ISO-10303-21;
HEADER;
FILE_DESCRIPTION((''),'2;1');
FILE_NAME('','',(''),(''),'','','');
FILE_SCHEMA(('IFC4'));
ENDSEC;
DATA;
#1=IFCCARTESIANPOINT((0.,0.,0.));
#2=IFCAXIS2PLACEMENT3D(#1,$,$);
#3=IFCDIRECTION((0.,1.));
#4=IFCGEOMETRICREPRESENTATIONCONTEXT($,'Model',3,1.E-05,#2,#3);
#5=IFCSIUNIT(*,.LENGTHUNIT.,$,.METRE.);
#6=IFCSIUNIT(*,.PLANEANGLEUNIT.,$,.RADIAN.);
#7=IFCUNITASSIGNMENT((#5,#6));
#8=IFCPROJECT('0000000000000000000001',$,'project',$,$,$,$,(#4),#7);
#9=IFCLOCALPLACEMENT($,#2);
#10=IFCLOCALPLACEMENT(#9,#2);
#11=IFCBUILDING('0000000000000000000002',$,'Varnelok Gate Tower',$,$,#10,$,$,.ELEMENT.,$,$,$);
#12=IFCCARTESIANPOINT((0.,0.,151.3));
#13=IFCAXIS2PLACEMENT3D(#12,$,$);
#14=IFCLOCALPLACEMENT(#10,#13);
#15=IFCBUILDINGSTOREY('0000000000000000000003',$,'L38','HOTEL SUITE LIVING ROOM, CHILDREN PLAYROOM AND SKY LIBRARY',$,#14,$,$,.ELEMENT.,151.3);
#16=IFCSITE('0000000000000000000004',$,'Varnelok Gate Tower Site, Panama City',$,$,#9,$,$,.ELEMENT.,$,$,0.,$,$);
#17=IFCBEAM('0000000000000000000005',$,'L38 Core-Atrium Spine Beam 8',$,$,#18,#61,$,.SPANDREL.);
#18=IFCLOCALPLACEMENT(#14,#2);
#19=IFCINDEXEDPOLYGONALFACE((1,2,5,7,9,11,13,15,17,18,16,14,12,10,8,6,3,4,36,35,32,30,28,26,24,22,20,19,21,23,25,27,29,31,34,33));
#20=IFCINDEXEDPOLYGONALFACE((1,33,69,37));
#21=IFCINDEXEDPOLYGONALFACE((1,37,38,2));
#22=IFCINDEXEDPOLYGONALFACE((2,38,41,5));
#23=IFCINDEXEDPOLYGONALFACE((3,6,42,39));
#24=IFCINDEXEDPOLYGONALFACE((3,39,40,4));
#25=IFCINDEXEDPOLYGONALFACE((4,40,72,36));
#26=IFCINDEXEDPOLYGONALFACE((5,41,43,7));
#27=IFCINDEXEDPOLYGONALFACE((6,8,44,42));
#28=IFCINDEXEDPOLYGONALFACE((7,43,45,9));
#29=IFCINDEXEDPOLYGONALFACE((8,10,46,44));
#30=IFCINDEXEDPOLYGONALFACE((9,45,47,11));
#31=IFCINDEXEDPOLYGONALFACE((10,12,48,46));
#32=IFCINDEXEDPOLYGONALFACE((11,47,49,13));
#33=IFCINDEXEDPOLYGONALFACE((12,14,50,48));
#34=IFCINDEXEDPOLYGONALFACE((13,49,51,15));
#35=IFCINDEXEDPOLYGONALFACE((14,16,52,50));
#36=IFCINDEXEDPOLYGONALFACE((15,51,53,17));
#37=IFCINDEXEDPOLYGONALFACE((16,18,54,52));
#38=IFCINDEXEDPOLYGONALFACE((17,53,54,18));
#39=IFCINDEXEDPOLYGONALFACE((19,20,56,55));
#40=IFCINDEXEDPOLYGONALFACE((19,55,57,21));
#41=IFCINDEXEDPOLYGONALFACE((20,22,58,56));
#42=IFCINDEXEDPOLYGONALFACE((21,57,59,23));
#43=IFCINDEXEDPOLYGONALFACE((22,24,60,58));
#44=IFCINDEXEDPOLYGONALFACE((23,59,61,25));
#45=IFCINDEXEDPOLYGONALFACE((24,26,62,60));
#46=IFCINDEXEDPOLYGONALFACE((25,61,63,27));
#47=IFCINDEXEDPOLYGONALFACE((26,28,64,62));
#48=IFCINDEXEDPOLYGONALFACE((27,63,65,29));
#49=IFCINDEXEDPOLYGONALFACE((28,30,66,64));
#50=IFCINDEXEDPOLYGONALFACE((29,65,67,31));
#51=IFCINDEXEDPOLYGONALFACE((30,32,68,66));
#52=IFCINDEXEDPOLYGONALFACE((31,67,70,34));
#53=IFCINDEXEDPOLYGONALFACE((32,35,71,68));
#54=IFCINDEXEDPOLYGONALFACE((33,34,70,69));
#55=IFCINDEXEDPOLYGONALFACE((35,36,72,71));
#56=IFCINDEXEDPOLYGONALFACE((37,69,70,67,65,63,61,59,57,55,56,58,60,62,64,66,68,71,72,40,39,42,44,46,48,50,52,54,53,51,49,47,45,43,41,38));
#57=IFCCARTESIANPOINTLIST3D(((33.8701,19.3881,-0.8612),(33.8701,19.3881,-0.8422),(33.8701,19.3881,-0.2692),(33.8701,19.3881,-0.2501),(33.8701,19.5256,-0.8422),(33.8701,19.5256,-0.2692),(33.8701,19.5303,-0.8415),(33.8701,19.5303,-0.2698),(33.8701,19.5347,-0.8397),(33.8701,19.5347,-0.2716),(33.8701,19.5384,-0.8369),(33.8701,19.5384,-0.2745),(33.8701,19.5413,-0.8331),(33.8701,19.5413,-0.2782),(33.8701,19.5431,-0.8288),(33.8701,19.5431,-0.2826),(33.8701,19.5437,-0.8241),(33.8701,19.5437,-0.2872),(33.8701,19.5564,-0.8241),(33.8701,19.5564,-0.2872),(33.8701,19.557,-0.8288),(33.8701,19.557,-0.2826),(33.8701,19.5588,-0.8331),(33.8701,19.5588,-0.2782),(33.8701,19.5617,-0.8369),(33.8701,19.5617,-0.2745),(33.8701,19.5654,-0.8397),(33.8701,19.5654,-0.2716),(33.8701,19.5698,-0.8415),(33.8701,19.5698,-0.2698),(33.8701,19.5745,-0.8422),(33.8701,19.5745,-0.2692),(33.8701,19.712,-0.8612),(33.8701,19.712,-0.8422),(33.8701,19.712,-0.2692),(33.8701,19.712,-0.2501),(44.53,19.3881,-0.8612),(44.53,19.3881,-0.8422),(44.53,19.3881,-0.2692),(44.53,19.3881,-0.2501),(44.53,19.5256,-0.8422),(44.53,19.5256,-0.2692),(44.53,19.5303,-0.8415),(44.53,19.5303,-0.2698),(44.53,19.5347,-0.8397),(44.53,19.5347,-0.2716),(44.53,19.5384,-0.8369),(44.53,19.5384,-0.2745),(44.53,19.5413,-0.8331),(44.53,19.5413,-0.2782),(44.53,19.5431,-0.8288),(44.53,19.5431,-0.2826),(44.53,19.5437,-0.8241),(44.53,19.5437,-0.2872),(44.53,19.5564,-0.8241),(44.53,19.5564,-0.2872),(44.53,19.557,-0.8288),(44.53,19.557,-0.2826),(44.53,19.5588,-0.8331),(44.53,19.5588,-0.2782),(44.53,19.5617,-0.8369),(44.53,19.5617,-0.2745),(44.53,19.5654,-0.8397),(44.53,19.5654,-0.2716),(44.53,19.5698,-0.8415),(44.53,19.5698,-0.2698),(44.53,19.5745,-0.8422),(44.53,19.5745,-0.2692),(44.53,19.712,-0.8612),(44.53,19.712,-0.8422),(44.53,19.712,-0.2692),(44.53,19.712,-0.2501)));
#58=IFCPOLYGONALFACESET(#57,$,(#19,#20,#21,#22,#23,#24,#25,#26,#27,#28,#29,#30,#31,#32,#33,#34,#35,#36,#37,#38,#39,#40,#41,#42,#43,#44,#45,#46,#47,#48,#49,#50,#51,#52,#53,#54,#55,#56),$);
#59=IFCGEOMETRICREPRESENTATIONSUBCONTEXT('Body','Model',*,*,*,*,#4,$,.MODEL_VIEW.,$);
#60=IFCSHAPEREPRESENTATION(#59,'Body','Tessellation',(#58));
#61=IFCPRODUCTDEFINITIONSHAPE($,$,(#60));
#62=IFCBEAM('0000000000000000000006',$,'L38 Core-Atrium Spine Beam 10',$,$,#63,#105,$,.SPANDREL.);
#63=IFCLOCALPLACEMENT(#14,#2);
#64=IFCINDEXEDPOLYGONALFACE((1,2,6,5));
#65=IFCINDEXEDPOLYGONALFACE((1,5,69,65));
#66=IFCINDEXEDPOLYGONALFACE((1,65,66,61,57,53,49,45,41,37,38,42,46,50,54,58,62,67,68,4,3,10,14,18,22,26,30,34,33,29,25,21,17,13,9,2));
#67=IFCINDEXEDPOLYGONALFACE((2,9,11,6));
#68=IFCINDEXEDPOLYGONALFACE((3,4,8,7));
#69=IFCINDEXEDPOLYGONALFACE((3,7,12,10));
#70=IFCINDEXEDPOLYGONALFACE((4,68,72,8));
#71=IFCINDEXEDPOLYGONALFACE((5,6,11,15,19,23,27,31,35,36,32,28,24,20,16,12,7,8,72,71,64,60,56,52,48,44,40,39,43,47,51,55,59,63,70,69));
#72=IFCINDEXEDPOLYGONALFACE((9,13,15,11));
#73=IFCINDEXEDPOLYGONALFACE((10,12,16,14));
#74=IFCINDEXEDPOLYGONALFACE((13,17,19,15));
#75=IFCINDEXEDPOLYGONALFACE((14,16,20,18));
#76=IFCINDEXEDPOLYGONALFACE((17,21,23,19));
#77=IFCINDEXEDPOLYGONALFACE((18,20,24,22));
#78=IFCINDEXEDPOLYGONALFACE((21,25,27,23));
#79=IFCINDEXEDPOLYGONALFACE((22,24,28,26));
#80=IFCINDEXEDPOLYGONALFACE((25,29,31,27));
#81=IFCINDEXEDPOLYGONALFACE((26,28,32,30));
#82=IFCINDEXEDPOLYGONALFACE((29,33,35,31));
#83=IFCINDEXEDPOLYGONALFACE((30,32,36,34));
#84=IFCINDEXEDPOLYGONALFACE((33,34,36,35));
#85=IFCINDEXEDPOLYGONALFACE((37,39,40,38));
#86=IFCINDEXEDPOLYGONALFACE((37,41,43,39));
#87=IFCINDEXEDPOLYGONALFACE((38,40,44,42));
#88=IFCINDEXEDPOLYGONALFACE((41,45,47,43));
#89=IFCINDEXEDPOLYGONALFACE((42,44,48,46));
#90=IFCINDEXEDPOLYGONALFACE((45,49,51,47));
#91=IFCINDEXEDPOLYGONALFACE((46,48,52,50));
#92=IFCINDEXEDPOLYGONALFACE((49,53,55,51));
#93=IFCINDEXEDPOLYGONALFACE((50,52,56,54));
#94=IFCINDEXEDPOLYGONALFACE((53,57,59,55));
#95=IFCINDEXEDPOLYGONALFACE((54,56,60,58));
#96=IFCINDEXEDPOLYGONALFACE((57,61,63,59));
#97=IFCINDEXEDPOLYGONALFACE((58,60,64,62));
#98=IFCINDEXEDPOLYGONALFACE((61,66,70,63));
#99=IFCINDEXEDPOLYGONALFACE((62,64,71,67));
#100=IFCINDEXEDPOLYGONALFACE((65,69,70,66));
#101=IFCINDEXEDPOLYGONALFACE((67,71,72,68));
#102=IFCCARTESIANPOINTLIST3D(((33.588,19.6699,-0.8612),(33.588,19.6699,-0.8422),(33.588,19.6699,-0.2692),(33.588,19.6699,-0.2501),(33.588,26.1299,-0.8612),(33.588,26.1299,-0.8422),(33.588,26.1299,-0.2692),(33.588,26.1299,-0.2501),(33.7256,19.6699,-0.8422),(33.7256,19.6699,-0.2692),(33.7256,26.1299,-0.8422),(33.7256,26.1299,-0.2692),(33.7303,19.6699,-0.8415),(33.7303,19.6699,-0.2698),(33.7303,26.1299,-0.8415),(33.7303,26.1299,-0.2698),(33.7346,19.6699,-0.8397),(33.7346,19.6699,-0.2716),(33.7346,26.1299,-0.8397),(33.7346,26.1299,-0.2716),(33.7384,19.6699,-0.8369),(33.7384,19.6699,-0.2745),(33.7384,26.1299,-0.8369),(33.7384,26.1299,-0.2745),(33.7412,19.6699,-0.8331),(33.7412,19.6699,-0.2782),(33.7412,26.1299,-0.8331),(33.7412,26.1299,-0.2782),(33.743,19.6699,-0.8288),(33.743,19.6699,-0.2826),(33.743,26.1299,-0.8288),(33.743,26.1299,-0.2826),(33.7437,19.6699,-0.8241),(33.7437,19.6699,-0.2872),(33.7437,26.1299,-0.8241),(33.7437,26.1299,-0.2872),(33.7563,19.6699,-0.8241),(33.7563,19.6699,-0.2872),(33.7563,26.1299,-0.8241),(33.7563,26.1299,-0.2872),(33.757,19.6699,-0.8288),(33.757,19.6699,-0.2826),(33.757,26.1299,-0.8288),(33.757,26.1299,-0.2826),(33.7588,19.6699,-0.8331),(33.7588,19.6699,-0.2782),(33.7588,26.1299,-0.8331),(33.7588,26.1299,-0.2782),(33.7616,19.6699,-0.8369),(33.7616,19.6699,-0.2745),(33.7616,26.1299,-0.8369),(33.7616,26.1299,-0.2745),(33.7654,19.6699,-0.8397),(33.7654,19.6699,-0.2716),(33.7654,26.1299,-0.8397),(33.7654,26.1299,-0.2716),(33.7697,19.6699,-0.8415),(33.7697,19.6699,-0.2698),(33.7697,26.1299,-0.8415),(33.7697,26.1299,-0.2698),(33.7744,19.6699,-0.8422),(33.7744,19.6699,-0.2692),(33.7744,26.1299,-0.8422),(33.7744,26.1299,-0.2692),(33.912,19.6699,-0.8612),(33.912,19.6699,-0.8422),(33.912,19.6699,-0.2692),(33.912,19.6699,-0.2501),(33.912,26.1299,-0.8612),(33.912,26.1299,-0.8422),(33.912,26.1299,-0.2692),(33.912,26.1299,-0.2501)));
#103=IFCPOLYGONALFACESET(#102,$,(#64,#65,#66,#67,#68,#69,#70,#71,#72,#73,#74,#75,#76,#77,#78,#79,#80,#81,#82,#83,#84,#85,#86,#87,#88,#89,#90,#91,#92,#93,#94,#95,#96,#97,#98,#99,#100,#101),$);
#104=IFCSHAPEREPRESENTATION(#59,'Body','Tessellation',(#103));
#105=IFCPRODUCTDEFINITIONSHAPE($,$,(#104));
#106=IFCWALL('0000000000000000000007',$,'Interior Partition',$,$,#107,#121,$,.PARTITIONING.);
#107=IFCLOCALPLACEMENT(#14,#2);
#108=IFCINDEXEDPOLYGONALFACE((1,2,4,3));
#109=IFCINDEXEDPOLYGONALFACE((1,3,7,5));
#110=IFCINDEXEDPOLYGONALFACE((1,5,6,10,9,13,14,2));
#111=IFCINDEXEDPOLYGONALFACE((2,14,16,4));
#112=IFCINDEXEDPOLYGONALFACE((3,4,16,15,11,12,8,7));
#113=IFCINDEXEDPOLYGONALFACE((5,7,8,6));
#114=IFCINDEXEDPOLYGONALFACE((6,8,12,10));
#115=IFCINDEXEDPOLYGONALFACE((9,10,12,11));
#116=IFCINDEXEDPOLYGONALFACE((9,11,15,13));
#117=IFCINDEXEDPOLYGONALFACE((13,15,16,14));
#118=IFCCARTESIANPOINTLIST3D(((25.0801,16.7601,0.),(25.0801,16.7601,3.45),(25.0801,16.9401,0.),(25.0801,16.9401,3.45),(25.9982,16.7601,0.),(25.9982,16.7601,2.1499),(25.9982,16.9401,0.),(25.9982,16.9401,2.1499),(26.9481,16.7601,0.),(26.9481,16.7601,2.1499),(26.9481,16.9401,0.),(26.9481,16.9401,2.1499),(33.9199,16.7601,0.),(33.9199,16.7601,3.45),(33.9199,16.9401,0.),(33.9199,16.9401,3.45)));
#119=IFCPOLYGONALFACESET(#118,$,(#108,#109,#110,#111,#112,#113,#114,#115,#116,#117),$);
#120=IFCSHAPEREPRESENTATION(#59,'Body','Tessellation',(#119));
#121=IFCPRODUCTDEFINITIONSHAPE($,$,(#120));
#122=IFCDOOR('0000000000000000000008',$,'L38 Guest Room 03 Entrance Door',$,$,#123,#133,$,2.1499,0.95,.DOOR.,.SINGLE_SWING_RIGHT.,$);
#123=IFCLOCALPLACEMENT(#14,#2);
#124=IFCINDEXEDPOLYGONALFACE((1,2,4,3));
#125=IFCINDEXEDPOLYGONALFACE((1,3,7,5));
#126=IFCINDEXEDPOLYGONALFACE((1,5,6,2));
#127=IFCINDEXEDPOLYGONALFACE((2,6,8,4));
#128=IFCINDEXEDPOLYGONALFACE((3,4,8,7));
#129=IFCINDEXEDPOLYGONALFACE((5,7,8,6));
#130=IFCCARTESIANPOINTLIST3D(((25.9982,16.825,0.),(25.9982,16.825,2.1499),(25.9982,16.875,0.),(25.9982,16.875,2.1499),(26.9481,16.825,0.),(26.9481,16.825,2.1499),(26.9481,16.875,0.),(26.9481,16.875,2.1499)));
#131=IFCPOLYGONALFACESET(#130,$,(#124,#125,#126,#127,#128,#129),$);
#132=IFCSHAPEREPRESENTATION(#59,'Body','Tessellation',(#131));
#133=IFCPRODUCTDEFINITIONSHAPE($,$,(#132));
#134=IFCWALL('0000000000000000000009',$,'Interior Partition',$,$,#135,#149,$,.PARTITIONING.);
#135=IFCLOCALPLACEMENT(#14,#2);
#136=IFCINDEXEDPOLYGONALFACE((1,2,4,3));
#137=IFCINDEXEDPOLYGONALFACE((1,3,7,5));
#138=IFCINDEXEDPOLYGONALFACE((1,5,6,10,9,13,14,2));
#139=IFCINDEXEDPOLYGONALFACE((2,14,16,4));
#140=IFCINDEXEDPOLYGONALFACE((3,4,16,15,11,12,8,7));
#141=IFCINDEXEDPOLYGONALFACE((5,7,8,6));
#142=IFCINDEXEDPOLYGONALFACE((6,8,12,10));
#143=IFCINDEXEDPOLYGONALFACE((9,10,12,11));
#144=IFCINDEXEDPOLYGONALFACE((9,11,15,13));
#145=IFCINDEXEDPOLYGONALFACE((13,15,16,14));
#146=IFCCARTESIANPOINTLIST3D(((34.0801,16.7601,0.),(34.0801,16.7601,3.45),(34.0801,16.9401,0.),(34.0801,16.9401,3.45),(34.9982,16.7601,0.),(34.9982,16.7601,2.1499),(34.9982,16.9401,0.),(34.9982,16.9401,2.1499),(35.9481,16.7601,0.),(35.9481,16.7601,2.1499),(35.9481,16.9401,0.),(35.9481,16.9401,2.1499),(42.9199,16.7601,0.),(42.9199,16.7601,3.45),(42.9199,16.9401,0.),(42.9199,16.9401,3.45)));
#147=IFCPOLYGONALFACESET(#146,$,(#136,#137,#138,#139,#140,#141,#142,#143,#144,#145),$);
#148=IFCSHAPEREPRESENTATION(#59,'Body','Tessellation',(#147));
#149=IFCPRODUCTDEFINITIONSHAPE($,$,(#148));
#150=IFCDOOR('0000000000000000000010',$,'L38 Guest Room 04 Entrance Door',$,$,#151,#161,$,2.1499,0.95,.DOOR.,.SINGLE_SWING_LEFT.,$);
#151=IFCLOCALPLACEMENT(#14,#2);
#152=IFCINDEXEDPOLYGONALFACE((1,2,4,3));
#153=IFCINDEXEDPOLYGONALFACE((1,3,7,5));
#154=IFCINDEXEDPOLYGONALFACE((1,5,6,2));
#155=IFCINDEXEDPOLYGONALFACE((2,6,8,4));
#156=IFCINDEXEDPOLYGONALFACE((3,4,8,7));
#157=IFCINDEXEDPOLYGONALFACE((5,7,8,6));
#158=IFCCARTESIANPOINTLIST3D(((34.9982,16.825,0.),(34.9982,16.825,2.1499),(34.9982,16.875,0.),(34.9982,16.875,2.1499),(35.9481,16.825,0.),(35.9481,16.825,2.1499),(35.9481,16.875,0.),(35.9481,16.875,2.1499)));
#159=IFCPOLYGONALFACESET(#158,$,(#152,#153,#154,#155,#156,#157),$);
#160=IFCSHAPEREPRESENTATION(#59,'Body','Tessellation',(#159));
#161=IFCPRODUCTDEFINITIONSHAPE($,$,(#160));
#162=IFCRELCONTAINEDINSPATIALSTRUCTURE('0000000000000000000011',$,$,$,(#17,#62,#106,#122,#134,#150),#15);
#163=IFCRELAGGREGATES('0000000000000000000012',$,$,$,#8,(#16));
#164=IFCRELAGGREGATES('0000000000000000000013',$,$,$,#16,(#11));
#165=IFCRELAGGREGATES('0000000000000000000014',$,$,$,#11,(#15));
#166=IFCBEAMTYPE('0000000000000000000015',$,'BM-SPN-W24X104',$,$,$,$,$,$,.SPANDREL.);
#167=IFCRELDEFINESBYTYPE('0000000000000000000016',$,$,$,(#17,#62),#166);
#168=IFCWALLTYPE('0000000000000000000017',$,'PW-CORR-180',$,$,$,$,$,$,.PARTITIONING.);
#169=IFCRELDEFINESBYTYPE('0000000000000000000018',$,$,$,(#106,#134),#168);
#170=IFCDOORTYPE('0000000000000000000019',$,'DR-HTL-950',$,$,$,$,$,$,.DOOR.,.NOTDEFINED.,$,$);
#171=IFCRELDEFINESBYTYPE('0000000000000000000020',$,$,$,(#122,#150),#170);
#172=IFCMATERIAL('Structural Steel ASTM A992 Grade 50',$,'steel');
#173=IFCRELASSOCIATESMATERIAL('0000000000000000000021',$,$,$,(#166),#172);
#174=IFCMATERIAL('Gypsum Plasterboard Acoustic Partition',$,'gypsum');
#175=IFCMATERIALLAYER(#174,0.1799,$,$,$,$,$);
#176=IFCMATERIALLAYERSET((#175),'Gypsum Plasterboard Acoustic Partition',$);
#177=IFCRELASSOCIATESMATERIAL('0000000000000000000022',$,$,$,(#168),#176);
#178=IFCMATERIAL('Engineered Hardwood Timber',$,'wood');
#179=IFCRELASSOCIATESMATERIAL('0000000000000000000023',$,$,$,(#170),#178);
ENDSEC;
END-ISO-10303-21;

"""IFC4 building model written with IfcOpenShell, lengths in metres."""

from ifc_helpers import new_model, si_unit, direction, frame, frame_2d, origin, origin_2d, place, context, subcontext, project, spatial, rectangle, i_section, extrude, material, layer, layer_set, material_profile, profile_set, type_object, element, fill, save


model = new_model("IFC4")

# Units and contexts
model_context = context("Model", 3, precision=1e-05, world=origin(), true_north=direction((0.0, 1.0)))
body_context = subcontext(model_context, "Body", "Model", "MODEL_VIEW")
ifc_project = project(units=[si_unit("LENGTHUNIT", "METRE"), si_unit("PLANEANGLEUNIT", "RADIAN")], contexts=[model_context])

# Site, building, storey
site_placement = place(None, origin())
site = spatial("IfcSite", under=ifc_project, at=site_placement, Name="Varnelok Gate Tower Site, Panama City", CompositionType="ELEMENT", RefElevation=0.0)
building_placement = place(site_placement, origin())
building = spatial("IfcBuilding", under=site, at=building_placement, Name="Varnelok Gate Tower", CompositionType="ELEMENT")
storey_placement = place(building_placement, frame((0.0, 0.0, 151.3)))
storey = spatial("IfcBuildingStorey", under=building, at=storey_placement, Name="L38", Description="HOTEL SUITE LIVING ROOM, CHILDREN PLAYROOM AND SKY LIBRARY", CompositionType="ELEMENT", Elevation=151.3)

# Shared definitions
ifc_material_1 = material(Name="Structural Steel ASTM A992 Grade 50", Category="steel")

# Beams
ifc_material_profile_1 = material_profile(ifc_material_1, i_section(OverallWidth=0.324, OverallDepth=0.6111, WebThickness=0.0127, FlangeThickness=0.019, FilletRadius=0.0181, at=origin_2d()), Name="W24X104")
ifc_profile_set_1 = profile_set([ifc_material_profile_1], Name="Structural Steel ASTM A992 Grade 50")
beam_type_1 = type_object("IfcBeamType", Name="BM-SPN-W24X104", PredefinedType="SPANDREL", material=ifc_profile_set_1)
beam_1_placement = place(storey_placement, frame((33.8701, 19.55, -0.5557), z_axis=(1.0, 0.0, 0.0), x_axis=(0.0, 1.0, 0.0)))
element("IfcBeam", 1, at=beam_1_placement, inside=storey, type_object=beam_type_1, Name="L38 Core-Atrium Spine Beam 8", PredefinedType="SPANDREL", context=body_context, shape_type="SweptSolid", body=[
    extrude(i_section(OverallWidth=0.324, OverallDepth=0.6111, WebThickness=0.0127, FlangeThickness=0.019, FilletRadius=0.0181, at=origin_2d()), origin(), (0.0, 0.0, 1.0), 10.6599),
])
beam_2_placement = place(storey_placement, frame((33.75, 19.6699, -0.5557), z_axis=(0.0, 1.0, 0.0), x_axis=(-1.0, 0.0, 0.0)))
element("IfcBeam", 2, at=beam_2_placement, inside=storey, type_object=beam_type_1, Name="L38 Core-Atrium Spine Beam 10", PredefinedType="SPANDREL", context=body_context, shape_type="SweptSolid", body=[
    extrude(i_section(OverallWidth=0.324, OverallDepth=0.6111, WebThickness=0.0127, FlangeThickness=0.019, FilletRadius=0.0181, at=origin_2d()), origin(), (0.0, 0.0, 1.0), 6.46),
])

# Walls, openings, doors
ifc_material_2 = material(Name="Gypsum Plasterboard Acoustic Partition", Category="gypsum")
ifc_layer_1 = layer(ifc_material_2, 0.1799)
ifc_layer_set_1 = layer_set([ifc_layer_1], Name="Gypsum Plasterboard Acoustic Partition")
wall_type_1 = type_object("IfcWallType", Name="PW-CORR-180", PredefinedType="PARTITIONING", material=ifc_layer_set_1)
wall_1_placement = place(storey_placement, frame((25.0801, 16.8501, 0.0), z_axis=(0.0, 0.0, 1.0), x_axis=(1.0, 0.0, 0.0)))
wall_1 = element("IfcWall", 3, at=wall_1_placement, inside=storey, type_object=wall_type_1, Name="Interior Partition", PredefinedType="PARTITIONING", context=body_context, shape_type="SweptSolid", body=[
    extrude(rectangle(XDim=8.8398, YDim=0.1799, at=frame_2d((4.4199, 0.0))), origin(), (0.0, 0.0, 1.0), 3.45),
])
opening_1_placement = place(wall_1_placement, frame((0.918, 0.0, 0.0)))
opening_1 = element("IfcOpeningElement", 4, at=opening_1_placement, cuts=wall_1, PredefinedType="OPENING", context=body_context, shape_type="SweptSolid", body=[
    extrude(rectangle(XDim=0.95, YDim=2.1499, at=frame_2d((0.4751, 1.075))), frame((0.0, 0.0999, 0.0), z_axis=(0.0, -1.0, 0.0), x_axis=(1.0, 0.0, 0.0)), (0.0, 0.0, 1.0), 0.2),
])
ifc_material_3 = material(Name="Engineered Hardwood Timber", Category="wood")
door_type_1 = type_object("IfcDoorType", Name="DR-HTL-950", OperationType="NOTDEFINED", PredefinedType="DOOR", material=ifc_material_3)
door_1_placement = place(opening_1_placement, origin())
door_1 = element("IfcDoor", 5, at=door_1_placement, inside=storey, type_object=door_type_1, Name="L38 Guest Room 03 Entrance Door", OperationType="SINGLE_SWING_RIGHT", OverallHeight=2.1499, OverallWidth=0.95, PredefinedType="DOOR", context=body_context, shape_type="SweptSolid", body=[
    extrude(rectangle(XDim=0.95, YDim=2.1499, at=frame_2d((0.4751, 1.075))), frame((0.0, 0.0249, 0.0), z_axis=(0.0, -1.0, 0.0), x_axis=(1.0, 0.0, 0.0)), (0.0, 0.0, 1.0), 0.05),
])
fill(opening_1, door_1)
wall_2_placement = place(storey_placement, frame((34.0801, 16.8501, 0.0), z_axis=(0.0, 0.0, 1.0), x_axis=(1.0, 0.0, 0.0)))
wall_2 = element("IfcWall", 6, at=wall_2_placement, inside=storey, type_object=wall_type_1, Name="Interior Partition", PredefinedType="PARTITIONING", context=body_context, shape_type="SweptSolid", body=[
    extrude(rectangle(XDim=8.8398, YDim=0.1799, at=frame_2d((4.4199, 0.0))), origin(), (0.0, 0.0, 1.0), 3.45),
])
opening_2_placement = place(wall_2_placement, frame((0.918, 0.0, 0.0)))
opening_2 = element("IfcOpeningElement", 7, at=opening_2_placement, cuts=wall_2, PredefinedType="OPENING", context=body_context, shape_type="SweptSolid", body=[
    extrude(rectangle(XDim=0.95, YDim=2.1499, at=frame_2d((0.4751, 1.075))), frame((0.0, 0.0999, 0.0), z_axis=(0.0, -1.0, 0.0), x_axis=(1.0, 0.0, 0.0)), (0.0, 0.0, 1.0), 0.2),
])
door_2_placement = place(opening_2_placement, origin())
door_2 = element("IfcDoor", 8, at=door_2_placement, inside=storey, type_object=door_type_1, Name="L38 Guest Room 04 Entrance Door", OperationType="SINGLE_SWING_LEFT", OverallHeight=2.1499, OverallWidth=0.95, PredefinedType="DOOR", context=body_context, shape_type="SweptSolid", body=[
    extrude(rectangle(XDim=0.95, YDim=2.1499, at=frame_2d((0.4751, 1.075))), frame((0.0, 0.0249, 0.0), z_axis=(0.0, -1.0, 0.0), x_axis=(1.0, 0.0, 0.0)), (0.0, 0.0, 1.0), 0.05),
])
fill(opening_2, door_2)

save(model, "model.ifc")
